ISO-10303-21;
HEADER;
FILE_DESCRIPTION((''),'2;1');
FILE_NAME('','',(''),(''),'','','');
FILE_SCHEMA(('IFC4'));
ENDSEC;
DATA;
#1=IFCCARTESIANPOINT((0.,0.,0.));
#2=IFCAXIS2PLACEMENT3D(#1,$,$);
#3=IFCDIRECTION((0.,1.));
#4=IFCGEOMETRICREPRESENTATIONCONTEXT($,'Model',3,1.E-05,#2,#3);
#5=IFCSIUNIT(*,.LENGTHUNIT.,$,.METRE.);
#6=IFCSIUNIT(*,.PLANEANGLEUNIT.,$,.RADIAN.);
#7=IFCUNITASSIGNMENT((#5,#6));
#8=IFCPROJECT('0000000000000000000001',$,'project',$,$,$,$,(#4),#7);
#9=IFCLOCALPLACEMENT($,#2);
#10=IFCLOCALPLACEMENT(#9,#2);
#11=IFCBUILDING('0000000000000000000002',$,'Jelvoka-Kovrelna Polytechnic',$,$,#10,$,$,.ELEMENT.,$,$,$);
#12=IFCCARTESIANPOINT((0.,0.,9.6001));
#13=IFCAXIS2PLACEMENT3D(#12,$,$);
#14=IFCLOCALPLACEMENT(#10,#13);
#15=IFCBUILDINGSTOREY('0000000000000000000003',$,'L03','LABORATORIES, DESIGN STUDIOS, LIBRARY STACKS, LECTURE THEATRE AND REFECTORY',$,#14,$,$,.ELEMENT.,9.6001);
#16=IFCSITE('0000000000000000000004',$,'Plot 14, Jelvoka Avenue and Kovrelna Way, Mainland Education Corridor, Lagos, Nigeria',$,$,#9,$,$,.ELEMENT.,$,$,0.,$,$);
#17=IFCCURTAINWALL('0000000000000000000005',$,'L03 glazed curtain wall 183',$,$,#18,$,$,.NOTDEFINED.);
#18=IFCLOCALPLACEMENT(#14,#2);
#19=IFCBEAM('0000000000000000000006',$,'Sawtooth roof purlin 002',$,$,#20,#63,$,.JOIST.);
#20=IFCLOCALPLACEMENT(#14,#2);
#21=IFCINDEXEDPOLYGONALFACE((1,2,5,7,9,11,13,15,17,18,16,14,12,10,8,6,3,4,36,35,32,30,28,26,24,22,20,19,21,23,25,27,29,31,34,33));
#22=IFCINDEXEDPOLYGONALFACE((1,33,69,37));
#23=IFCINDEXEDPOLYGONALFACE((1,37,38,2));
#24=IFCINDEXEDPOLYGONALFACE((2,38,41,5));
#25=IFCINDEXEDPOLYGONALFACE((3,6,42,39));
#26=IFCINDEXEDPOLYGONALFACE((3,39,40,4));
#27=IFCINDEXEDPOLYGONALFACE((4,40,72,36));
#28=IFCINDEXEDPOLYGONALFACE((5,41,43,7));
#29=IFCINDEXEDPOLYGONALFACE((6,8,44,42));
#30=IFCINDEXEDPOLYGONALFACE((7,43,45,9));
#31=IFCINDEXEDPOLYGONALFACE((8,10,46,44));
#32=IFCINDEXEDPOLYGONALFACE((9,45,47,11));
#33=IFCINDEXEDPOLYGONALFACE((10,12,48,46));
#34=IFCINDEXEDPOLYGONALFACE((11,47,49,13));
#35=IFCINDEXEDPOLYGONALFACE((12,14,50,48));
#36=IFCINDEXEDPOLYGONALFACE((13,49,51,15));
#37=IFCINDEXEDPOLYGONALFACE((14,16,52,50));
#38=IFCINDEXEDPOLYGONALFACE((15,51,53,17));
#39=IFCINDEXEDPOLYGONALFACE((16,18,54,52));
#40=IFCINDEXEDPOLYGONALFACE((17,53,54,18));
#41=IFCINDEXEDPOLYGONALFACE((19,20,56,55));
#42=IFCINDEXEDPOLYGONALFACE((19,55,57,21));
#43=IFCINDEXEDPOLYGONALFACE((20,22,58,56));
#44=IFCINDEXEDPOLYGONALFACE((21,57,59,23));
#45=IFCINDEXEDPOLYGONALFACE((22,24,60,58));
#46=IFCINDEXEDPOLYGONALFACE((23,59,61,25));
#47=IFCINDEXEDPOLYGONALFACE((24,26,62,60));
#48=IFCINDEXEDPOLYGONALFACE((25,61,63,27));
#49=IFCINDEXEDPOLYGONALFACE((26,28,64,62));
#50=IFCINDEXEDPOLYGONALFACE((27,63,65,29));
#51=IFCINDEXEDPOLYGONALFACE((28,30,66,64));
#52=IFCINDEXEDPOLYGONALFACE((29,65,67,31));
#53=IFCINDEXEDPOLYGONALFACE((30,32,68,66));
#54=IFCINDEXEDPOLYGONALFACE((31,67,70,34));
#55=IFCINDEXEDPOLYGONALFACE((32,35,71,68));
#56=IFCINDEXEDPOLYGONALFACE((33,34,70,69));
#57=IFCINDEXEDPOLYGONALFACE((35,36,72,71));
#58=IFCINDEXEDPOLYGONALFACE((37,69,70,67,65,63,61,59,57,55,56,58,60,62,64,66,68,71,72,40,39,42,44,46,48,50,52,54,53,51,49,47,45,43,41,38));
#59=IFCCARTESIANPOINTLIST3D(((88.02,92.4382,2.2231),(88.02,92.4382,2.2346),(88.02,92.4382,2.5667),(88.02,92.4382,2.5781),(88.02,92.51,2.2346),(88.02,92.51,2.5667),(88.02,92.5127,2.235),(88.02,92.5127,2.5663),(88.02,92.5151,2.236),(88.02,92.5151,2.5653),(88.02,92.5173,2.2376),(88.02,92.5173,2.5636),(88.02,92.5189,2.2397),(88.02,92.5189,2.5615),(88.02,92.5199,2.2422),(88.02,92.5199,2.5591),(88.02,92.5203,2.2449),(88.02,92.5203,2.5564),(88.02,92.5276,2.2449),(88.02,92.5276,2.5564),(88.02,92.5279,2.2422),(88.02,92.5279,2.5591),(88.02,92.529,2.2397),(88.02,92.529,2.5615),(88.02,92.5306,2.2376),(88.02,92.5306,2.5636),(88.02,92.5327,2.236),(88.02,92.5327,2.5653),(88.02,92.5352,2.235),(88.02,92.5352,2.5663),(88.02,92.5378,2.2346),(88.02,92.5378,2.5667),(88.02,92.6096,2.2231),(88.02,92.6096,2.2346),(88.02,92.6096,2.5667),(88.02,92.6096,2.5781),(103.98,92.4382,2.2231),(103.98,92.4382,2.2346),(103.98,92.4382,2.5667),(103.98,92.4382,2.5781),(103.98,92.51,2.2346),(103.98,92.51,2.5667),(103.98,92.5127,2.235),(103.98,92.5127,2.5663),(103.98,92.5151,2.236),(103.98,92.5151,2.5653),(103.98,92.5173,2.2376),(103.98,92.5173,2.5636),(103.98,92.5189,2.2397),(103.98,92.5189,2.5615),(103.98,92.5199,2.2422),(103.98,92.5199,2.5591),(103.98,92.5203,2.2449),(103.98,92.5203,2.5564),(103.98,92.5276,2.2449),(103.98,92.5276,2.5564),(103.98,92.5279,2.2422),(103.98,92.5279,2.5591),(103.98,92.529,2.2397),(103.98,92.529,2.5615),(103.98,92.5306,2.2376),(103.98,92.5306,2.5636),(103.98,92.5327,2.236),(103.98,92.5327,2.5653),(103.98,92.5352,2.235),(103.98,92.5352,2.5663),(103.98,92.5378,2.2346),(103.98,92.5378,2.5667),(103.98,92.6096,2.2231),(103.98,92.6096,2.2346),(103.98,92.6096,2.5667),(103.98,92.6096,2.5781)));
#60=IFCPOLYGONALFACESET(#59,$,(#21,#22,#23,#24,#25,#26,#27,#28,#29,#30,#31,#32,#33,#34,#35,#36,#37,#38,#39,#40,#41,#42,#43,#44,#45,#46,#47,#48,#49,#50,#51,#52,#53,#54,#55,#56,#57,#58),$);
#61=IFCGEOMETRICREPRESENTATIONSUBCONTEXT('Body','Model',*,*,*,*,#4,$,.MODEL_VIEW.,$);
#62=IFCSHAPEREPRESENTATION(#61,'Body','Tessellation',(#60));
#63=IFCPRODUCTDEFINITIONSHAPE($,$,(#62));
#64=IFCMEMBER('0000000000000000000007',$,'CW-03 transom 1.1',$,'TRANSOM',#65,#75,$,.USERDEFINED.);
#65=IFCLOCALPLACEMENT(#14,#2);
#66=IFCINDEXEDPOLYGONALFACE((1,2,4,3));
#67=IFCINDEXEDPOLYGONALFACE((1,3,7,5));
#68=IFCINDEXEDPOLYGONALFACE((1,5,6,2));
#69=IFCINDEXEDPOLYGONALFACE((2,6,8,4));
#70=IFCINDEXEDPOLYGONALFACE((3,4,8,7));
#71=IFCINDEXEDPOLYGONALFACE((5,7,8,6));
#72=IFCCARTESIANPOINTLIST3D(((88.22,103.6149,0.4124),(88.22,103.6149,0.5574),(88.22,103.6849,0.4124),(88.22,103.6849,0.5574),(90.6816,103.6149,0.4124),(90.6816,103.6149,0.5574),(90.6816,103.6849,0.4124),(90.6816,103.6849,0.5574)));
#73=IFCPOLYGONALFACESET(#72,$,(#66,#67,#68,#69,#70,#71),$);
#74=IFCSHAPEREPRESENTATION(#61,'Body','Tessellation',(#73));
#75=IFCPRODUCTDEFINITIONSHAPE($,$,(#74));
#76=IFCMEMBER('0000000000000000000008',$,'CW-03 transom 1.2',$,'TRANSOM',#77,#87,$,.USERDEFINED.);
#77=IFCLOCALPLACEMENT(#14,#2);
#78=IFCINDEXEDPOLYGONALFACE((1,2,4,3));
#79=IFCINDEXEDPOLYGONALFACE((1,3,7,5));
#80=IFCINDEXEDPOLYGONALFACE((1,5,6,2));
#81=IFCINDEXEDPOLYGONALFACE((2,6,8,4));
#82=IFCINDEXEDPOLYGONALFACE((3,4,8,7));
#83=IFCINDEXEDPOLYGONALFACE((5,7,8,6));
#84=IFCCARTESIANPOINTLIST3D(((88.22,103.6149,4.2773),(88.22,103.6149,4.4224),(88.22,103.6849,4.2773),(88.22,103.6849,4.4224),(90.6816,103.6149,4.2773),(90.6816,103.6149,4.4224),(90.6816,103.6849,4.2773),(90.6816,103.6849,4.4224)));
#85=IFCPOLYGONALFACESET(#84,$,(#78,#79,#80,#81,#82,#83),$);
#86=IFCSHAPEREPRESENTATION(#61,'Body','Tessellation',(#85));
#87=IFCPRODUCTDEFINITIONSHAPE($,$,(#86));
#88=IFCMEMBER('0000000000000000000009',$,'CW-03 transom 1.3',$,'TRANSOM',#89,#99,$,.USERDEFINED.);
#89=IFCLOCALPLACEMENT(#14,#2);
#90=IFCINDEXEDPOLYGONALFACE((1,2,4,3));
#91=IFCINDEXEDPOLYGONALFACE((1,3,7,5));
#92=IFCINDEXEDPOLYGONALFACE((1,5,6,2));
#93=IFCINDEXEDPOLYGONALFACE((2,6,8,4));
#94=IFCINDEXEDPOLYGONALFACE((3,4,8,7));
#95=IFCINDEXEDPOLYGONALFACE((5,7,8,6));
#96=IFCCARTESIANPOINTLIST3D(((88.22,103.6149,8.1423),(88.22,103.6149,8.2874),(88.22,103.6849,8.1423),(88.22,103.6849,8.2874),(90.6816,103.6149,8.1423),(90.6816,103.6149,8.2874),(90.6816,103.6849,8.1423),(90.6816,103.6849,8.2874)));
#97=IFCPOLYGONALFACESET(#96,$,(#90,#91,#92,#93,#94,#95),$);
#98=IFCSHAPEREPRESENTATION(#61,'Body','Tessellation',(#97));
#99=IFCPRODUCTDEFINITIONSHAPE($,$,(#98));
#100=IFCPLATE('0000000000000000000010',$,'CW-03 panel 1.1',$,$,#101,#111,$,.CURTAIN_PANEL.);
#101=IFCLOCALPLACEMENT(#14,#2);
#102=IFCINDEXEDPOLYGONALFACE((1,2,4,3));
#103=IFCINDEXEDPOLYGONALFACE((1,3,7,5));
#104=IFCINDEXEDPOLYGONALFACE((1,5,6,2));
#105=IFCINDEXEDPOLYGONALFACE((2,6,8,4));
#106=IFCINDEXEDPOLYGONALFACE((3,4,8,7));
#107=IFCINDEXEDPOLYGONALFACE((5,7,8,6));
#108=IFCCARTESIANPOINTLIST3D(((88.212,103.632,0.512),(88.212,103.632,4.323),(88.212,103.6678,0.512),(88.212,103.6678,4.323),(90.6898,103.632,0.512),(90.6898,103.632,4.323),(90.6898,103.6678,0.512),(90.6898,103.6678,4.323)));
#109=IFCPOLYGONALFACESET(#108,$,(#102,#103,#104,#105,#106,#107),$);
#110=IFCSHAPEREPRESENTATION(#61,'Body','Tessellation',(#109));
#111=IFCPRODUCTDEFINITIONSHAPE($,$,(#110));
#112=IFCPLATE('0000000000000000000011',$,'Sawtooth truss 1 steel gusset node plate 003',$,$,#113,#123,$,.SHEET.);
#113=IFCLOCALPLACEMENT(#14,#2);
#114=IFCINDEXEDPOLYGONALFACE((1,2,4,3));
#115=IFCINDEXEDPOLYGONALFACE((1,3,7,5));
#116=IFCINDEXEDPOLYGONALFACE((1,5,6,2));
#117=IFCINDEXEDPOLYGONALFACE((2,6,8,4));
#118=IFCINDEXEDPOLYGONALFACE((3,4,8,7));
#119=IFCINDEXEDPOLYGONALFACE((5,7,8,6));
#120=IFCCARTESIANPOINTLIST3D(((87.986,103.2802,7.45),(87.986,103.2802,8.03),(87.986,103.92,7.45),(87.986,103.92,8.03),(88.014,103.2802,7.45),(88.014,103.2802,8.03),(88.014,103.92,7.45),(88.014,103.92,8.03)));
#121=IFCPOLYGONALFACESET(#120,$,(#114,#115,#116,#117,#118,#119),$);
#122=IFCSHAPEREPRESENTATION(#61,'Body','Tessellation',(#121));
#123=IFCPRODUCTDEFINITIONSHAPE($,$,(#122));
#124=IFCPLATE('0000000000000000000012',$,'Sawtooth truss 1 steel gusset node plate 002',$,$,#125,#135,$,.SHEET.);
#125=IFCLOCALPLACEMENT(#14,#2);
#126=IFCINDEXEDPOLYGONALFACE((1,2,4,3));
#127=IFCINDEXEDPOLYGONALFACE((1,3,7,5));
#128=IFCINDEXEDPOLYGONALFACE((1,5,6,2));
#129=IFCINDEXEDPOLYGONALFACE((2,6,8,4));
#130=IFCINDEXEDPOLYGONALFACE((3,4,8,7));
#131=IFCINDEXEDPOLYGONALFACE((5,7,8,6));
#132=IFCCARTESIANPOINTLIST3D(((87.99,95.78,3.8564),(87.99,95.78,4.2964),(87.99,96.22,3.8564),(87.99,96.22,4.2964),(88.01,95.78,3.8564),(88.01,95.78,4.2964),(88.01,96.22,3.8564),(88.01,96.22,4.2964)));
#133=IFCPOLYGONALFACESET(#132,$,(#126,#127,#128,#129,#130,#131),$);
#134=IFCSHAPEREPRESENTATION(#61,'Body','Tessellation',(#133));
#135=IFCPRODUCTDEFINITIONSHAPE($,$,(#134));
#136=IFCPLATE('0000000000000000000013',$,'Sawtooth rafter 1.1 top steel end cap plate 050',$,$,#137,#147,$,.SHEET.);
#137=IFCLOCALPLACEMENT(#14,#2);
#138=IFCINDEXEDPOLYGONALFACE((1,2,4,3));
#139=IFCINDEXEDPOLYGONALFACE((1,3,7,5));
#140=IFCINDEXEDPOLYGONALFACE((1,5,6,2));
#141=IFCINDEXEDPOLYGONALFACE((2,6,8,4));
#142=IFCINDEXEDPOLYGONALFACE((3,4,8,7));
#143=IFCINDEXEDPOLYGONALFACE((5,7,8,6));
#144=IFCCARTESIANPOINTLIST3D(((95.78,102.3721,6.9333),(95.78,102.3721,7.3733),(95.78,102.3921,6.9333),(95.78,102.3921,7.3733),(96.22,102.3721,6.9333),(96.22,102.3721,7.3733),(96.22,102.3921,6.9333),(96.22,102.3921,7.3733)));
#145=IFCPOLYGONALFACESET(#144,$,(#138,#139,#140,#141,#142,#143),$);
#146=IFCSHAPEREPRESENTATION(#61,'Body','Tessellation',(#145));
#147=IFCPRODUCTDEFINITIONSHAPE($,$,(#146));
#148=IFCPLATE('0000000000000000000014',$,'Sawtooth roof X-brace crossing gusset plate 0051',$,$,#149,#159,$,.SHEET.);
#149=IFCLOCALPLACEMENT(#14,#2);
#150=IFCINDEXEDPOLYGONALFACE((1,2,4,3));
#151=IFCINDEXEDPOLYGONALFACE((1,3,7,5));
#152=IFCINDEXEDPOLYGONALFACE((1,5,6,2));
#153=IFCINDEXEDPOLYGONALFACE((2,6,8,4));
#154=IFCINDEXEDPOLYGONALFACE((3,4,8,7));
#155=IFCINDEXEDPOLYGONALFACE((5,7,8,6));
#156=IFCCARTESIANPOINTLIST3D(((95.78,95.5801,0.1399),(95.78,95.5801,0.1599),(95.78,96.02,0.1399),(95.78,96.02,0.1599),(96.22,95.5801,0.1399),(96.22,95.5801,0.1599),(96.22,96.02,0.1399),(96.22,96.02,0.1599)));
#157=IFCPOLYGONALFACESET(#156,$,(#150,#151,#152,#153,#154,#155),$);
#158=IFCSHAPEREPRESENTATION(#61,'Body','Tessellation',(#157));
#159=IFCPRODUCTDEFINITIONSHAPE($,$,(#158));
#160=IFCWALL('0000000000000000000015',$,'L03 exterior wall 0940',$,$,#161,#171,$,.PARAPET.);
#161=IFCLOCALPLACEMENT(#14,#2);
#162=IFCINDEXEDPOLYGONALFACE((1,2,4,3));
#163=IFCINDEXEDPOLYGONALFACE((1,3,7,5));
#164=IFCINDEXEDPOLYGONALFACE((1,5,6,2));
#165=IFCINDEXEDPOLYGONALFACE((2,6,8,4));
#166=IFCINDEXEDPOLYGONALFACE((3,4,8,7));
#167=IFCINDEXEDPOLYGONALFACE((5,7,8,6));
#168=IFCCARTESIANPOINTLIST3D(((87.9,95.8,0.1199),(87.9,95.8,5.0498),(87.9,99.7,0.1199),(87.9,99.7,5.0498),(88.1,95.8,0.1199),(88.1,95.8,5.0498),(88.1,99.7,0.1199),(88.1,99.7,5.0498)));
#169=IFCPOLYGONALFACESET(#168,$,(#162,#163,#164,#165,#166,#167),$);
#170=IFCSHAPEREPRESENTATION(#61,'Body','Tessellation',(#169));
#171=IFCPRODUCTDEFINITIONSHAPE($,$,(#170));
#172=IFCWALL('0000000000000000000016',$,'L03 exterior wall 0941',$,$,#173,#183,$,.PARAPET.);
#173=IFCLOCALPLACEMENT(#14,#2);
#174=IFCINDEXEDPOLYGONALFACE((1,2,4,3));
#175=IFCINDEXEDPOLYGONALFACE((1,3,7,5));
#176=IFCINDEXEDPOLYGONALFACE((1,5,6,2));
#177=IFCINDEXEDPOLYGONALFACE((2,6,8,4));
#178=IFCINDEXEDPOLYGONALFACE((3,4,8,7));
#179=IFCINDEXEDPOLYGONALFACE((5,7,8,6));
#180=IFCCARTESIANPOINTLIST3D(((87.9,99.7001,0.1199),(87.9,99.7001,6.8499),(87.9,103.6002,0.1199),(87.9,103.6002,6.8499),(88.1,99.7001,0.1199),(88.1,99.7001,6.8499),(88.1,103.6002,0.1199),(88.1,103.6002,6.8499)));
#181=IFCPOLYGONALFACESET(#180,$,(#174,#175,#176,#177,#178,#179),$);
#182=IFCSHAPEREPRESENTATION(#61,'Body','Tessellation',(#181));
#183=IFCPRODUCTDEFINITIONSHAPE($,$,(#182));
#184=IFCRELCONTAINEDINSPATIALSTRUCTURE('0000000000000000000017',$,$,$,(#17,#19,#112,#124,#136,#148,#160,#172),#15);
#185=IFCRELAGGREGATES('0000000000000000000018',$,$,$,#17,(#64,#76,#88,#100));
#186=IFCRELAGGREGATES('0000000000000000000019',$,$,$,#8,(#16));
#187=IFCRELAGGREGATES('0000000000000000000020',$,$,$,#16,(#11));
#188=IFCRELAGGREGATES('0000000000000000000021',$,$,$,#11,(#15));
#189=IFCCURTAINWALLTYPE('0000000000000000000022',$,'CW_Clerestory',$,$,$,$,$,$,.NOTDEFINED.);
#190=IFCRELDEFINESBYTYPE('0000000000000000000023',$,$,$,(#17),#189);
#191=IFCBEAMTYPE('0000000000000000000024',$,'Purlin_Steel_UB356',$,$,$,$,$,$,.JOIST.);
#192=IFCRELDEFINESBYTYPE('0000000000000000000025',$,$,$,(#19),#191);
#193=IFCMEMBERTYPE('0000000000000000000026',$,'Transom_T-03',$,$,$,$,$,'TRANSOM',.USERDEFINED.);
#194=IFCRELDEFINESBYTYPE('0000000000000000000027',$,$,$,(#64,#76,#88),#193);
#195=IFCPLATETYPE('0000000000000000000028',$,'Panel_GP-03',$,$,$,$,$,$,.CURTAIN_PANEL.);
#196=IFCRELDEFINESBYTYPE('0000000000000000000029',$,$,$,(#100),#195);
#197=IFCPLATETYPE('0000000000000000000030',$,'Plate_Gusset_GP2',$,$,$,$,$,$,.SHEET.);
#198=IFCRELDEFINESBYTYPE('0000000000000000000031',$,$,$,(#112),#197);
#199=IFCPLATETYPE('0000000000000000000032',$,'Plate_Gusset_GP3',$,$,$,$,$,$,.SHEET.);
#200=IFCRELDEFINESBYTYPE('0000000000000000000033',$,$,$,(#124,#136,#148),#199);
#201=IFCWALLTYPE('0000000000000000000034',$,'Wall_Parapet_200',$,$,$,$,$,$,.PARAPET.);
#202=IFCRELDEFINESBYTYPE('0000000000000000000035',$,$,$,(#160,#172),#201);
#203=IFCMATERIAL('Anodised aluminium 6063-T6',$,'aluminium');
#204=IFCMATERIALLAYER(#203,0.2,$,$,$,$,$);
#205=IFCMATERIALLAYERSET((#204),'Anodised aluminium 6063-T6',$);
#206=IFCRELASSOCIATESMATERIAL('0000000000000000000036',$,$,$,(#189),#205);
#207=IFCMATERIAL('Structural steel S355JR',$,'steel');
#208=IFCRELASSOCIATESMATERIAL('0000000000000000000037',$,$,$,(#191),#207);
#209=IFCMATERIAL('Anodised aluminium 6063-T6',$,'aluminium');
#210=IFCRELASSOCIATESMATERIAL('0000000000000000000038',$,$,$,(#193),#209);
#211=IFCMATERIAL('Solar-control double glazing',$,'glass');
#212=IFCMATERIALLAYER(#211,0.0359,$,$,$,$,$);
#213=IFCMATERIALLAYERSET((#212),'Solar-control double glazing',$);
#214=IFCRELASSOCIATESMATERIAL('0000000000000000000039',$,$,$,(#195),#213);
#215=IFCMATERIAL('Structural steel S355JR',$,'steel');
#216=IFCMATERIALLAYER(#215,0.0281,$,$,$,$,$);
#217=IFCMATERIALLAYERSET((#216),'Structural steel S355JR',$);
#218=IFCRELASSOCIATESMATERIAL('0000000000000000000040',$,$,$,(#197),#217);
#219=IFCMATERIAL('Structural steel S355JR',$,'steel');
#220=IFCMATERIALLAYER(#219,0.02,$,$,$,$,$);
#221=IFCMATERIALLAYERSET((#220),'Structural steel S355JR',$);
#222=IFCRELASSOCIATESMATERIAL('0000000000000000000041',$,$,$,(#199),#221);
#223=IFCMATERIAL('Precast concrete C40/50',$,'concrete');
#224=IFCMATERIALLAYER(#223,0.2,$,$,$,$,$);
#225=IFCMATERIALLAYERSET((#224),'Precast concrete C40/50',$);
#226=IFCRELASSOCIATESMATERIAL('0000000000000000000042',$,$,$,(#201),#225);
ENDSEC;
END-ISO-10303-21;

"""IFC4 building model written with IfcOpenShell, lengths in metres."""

from ifc_helpers import new_model, si_unit, direction, frame, frame_2d, origin, origin_2d, place, context, subcontext, project, spatial, rectangle, i_section, extrude, material, layer, layer_set, material_profile, profile_set, type_object, element, aggregate, save


model = new_model("IFC4")

# Units and contexts
model_context = context("Model", 3, precision=1e-05, world=origin(), true_north=direction((0.0, 1.0)))
body_context = subcontext(model_context, "Body", "Model", "MODEL_VIEW")
ifc_project = project(units=[si_unit("LENGTHUNIT", "METRE"), si_unit("PLANEANGLEUNIT", "RADIAN")], contexts=[model_context])

# Site, building, storey
site_placement = place(None, origin())
site = spatial("IfcSite", under=ifc_project, at=site_placement, Name="Plot 14, Jelvoka Avenue and Kovrelna Way, Mainland Education Corridor, Lagos, Nigeria", CompositionType="ELEMENT", RefElevation=0.0)
building_placement = place(site_placement, origin())
building = spatial("IfcBuilding", under=site, at=building_placement, Name="Jelvoka-Kovrelna Polytechnic", CompositionType="ELEMENT")
storey_placement = place(building_placement, frame((0.0, 0.0, 9.6001)))
storey = spatial("IfcBuildingStorey", under=building, at=storey_placement, Name="L03", Description="LABORATORIES, DESIGN STUDIOS, LIBRARY STACKS, LECTURE THEATRE AND REFECTORY", CompositionType="ELEMENT", Elevation=9.6001)

# Curtain wall
ifc_material_1 = material(Name="Anodised aluminium 6063-T6", Category="aluminium")
ifc_layer_1 = layer(ifc_material_1, 0.2)
ifc_layer_set_1 = layer_set([ifc_layer_1], Name="Anodised aluminium 6063-T6")
curtain_wall_type = type_object("IfcCurtainWallType", Name="CW_Clerestory", PredefinedType="NOTDEFINED", material=ifc_layer_set_1)
curtain_wall_placement = place(storey_placement, origin())
curtain_wall = element("IfcCurtainWall", 1, at=curtain_wall_placement, inside=storey, type_object=curtain_wall_type, Name="L03 glazed curtain wall 183", PredefinedType="NOTDEFINED")

# Beam
ifc_material_2 = material(Name="Structural steel S355JR", Category="steel")
ifc_material_profile_1 = material_profile(ifc_material_2, i_section(OverallWidth=0.1714, OverallDepth=0.355, WebThickness=0.0073, FlangeThickness=0.0115, FilletRadius=0.0103, at=origin_2d()), Name="356x171x51 UB")
ifc_profile_set_1 = profile_set([ifc_material_profile_1], Name="Structural steel S355JR")
beam_type_1 = type_object("IfcBeamType", Name="Purlin_Steel_UB356", PredefinedType="JOIST", material=ifc_profile_set_1)
beam_1_placement = place(storey_placement, frame((88.02, 92.5239, 2.4006), z_axis=(1.0, 0.0, 0.0), x_axis=(0.0, 1.0, 0.0)))
element("IfcBeam", 2, at=beam_1_placement, inside=storey, type_object=beam_type_1, Name="Sawtooth roof purlin 002", PredefinedType="JOIST", context=body_context, shape_type="SweptSolid", body=[
    extrude(i_section(OverallWidth=0.1714, OverallDepth=0.355, WebThickness=0.0073, FlangeThickness=0.0115, FilletRadius=0.0103, at=origin_2d()), origin(), (0.0, 0.0, 1.0), 15.96),
])

# Members
ifc_material_3 = material(Name="Anodised aluminium 6063-T6", Category="aluminium")
ifc_material_profile_2 = material_profile(ifc_material_3, rectangle(XDim=0.0701, YDim=0.145, at=origin_2d()), Name="ALU 70x145")
ifc_profile_set_2 = profile_set([ifc_material_profile_2], Name="Anodised aluminium 6063-T6")
member_type_1 = type_object("IfcMemberType", Name="Transom_T-03", ElementType="TRANSOM", PredefinedType="USERDEFINED", material=ifc_profile_set_2)
member_1_placement = place(storey_placement, frame((88.22, 103.6499, 0.4849), z_axis=(1.0, 0.0, 0.0), x_axis=(0.0, 1.0, 0.0)))
member_1 = element("IfcMember", 3, at=member_1_placement, type_object=member_type_1, Name="CW-03 transom 1.1", ObjectType="TRANSOM", PredefinedType="USERDEFINED", context=body_context, shape_type="SweptSolid", body=[
    extrude(rectangle(XDim=0.0701, YDim=0.145, at=origin_2d()), origin(), (0.0, 0.0, 1.0), 2.4617),
])
member_2_placement = place(storey_placement, frame((88.22, 103.6499, 4.3499), z_axis=(1.0, 0.0, 0.0), x_axis=(0.0, 1.0, 0.0)))
member_2 = element("IfcMember", 4, at=member_2_placement, type_object=member_type_1, Name="CW-03 transom 1.2", ObjectType="TRANSOM", PredefinedType="USERDEFINED", context=body_context, shape_type="SweptSolid", body=[
    extrude(rectangle(XDim=0.0701, YDim=0.145, at=origin_2d()), origin(), (0.0, 0.0, 1.0), 2.4617),
])
member_3_placement = place(storey_placement, frame((88.22, 103.6499, 8.2148), z_axis=(1.0, 0.0, 0.0), x_axis=(0.0, 1.0, 0.0)))
member_3 = element("IfcMember", 5, at=member_3_placement, type_object=member_type_1, Name="CW-03 transom 1.3", ObjectType="TRANSOM", PredefinedType="USERDEFINED", context=body_context, shape_type="SweptSolid", body=[
    extrude(rectangle(XDim=0.0701, YDim=0.145, at=origin_2d()), origin(), (0.0, 0.0, 1.0), 2.4617),
])

# Plate
ifc_material_4 = material(Name="Solar-control double glazing", Category="glass")
ifc_layer_2 = layer(ifc_material_4, 0.0359)
ifc_layer_set_2 = layer_set([ifc_layer_2], Name="Solar-control double glazing")
plate_type_1 = type_object("IfcPlateType", Name="Panel_GP-03", PredefinedType="CURTAIN_PANEL", material=ifc_layer_set_2)
plate_1_placement = place(storey_placement, frame((89.4509, 103.6499, 0.512), z_axis=(0.0, 0.0, 1.0), x_axis=(1.0, 0.0, 0.0)))
plate_1 = element("IfcPlate", 6, at=plate_1_placement, type_object=plate_type_1, Name="CW-03 panel 1.1", PredefinedType="CURTAIN_PANEL", context=body_context, shape_type="SweptSolid", body=[
    extrude(rectangle(XDim=2.4778, YDim=0.0359, at=origin_2d()), origin(), (0.0, 0.0, 1.0), 3.811),
])
aggregate(curtain_wall, [member_1, member_2, member_3, plate_1])

# Plates
ifc_material_5 = material(Name="Structural steel S355JR", Category="steel")
ifc_layer_3 = layer(ifc_material_5, 0.0281)
ifc_layer_set_3 = layer_set([ifc_layer_3], Name="Structural steel S355JR")
plate_type_2 = type_object("IfcPlateType", Name="Plate_Gusset_GP2", PredefinedType="SHEET", material=ifc_layer_set_3)
plate_2_placement = place(storey_placement, frame((88.0, 103.6001, 7.45), z_axis=(0.0, 0.0, 1.0), x_axis=(0.0, 1.0, 0.0)))
element("IfcPlate", 7, at=plate_2_placement, inside=storey, type_object=plate_type_2, Name="Sawtooth truss 1 steel gusset node plate 003", PredefinedType="SHEET", context=body_context, shape_type="SweptSolid", body=[
    extrude(rectangle(XDim=0.6399, YDim=0.0281, at=origin_2d()), origin(), (0.0, 0.0, 1.0), 0.5801),
])
ifc_material_6 = material(Name="Structural steel S355JR", Category="steel")
ifc_layer_4 = layer(ifc_material_6, 0.02)
ifc_layer_set_4 = layer_set([ifc_layer_4], Name="Structural steel S355JR")
plate_type_3 = type_object("IfcPlateType", Name="Plate_Gusset_GP3", PredefinedType="SHEET", material=ifc_layer_set_4)
for number, where, z_axis, x_axis, name in (
    (8, (88.0, 96.0, 3.8564), (0.0, 0.0, 1.0), (0.0, 1.0, 0.0), "Sawtooth truss 1 steel gusset node plate 002"),
    (9, (96.0, 102.3821, 6.9333), (0.0, 0.0, 1.0), (1.0, 0.0, 0.0), "Sawtooth rafter 1.1 top steel end cap plate 050"),
):
    element("IfcPlate", number, at=place(storey_placement, frame(where, z_axis=z_axis, x_axis=x_axis)), inside=storey, type_object=plate_type_3, Name=name, PredefinedType="SHEET", context=body_context, shape_type="SweptSolid", body=[
        extrude(rectangle(XDim=0.4399, YDim=0.02, at=origin_2d()), origin(), (0.0, 0.0, 1.0), 0.4399),
    ])
plate_3_placement = place(storey_placement, frame((96.0, 95.8, 0.1399), z_axis=(0.0, 0.0, 1.0), x_axis=(1.0, 0.0, 0.0)))
element("IfcPlate", 10, at=plate_3_placement, inside=storey, type_object=plate_type_3, Name="Sawtooth roof X-brace crossing gusset plate 0051", PredefinedType="SHEET", context=body_context, shape_type="SweptSolid", body=[
    extrude(rectangle(XDim=0.4399, YDim=0.4399, at=origin_2d()), origin(), (0.0, 0.0, 1.0), 0.02),
])

# Walls
ifc_material_7 = material(Name="Precast concrete C40/50", Category="concrete")
ifc_layer_5 = layer(ifc_material_7, 0.2)
ifc_layer_set_5 = layer_set([ifc_layer_5], Name="Precast concrete C40/50")
wall_type = type_object("IfcWallType", Name="Wall_Parapet_200", PredefinedType="PARAPET", material=ifc_layer_set_5)
wall_1_placement = place(storey_placement, frame((88.0, 95.8, 0.1199), z_axis=(0.0, 0.0, 1.0), x_axis=(0.0, 1.0, 0.0)))
element("IfcWall", 11, at=wall_1_placement, inside=storey, type_object=wall_type, Name="L03 exterior wall 0940", PredefinedType="PARAPET", context=body_context, shape_type="SweptSolid", body=[
    extrude(rectangle(XDim=3.8999, YDim=0.2, at=frame_2d((1.95, 0.0))), origin(), (0.0, 0.0, 1.0), 4.9299),
])
wall_2_placement = place(storey_placement, frame((88.0, 99.7, 0.1199), z_axis=(0.0, 0.0, 1.0), x_axis=(0.0, 1.0, 0.0)))
element("IfcWall", 12, at=wall_2_placement, inside=storey, type_object=wall_type, Name="L03 exterior wall 0941", PredefinedType="PARAPET", context=body_context, shape_type="SweptSolid", body=[
    extrude(rectangle(XDim=3.9001, YDim=0.2, at=frame_2d((1.9502, 0.0))), origin(), (0.0, 0.0, 1.0), 6.73),
])

save(model, "model.ifc")
